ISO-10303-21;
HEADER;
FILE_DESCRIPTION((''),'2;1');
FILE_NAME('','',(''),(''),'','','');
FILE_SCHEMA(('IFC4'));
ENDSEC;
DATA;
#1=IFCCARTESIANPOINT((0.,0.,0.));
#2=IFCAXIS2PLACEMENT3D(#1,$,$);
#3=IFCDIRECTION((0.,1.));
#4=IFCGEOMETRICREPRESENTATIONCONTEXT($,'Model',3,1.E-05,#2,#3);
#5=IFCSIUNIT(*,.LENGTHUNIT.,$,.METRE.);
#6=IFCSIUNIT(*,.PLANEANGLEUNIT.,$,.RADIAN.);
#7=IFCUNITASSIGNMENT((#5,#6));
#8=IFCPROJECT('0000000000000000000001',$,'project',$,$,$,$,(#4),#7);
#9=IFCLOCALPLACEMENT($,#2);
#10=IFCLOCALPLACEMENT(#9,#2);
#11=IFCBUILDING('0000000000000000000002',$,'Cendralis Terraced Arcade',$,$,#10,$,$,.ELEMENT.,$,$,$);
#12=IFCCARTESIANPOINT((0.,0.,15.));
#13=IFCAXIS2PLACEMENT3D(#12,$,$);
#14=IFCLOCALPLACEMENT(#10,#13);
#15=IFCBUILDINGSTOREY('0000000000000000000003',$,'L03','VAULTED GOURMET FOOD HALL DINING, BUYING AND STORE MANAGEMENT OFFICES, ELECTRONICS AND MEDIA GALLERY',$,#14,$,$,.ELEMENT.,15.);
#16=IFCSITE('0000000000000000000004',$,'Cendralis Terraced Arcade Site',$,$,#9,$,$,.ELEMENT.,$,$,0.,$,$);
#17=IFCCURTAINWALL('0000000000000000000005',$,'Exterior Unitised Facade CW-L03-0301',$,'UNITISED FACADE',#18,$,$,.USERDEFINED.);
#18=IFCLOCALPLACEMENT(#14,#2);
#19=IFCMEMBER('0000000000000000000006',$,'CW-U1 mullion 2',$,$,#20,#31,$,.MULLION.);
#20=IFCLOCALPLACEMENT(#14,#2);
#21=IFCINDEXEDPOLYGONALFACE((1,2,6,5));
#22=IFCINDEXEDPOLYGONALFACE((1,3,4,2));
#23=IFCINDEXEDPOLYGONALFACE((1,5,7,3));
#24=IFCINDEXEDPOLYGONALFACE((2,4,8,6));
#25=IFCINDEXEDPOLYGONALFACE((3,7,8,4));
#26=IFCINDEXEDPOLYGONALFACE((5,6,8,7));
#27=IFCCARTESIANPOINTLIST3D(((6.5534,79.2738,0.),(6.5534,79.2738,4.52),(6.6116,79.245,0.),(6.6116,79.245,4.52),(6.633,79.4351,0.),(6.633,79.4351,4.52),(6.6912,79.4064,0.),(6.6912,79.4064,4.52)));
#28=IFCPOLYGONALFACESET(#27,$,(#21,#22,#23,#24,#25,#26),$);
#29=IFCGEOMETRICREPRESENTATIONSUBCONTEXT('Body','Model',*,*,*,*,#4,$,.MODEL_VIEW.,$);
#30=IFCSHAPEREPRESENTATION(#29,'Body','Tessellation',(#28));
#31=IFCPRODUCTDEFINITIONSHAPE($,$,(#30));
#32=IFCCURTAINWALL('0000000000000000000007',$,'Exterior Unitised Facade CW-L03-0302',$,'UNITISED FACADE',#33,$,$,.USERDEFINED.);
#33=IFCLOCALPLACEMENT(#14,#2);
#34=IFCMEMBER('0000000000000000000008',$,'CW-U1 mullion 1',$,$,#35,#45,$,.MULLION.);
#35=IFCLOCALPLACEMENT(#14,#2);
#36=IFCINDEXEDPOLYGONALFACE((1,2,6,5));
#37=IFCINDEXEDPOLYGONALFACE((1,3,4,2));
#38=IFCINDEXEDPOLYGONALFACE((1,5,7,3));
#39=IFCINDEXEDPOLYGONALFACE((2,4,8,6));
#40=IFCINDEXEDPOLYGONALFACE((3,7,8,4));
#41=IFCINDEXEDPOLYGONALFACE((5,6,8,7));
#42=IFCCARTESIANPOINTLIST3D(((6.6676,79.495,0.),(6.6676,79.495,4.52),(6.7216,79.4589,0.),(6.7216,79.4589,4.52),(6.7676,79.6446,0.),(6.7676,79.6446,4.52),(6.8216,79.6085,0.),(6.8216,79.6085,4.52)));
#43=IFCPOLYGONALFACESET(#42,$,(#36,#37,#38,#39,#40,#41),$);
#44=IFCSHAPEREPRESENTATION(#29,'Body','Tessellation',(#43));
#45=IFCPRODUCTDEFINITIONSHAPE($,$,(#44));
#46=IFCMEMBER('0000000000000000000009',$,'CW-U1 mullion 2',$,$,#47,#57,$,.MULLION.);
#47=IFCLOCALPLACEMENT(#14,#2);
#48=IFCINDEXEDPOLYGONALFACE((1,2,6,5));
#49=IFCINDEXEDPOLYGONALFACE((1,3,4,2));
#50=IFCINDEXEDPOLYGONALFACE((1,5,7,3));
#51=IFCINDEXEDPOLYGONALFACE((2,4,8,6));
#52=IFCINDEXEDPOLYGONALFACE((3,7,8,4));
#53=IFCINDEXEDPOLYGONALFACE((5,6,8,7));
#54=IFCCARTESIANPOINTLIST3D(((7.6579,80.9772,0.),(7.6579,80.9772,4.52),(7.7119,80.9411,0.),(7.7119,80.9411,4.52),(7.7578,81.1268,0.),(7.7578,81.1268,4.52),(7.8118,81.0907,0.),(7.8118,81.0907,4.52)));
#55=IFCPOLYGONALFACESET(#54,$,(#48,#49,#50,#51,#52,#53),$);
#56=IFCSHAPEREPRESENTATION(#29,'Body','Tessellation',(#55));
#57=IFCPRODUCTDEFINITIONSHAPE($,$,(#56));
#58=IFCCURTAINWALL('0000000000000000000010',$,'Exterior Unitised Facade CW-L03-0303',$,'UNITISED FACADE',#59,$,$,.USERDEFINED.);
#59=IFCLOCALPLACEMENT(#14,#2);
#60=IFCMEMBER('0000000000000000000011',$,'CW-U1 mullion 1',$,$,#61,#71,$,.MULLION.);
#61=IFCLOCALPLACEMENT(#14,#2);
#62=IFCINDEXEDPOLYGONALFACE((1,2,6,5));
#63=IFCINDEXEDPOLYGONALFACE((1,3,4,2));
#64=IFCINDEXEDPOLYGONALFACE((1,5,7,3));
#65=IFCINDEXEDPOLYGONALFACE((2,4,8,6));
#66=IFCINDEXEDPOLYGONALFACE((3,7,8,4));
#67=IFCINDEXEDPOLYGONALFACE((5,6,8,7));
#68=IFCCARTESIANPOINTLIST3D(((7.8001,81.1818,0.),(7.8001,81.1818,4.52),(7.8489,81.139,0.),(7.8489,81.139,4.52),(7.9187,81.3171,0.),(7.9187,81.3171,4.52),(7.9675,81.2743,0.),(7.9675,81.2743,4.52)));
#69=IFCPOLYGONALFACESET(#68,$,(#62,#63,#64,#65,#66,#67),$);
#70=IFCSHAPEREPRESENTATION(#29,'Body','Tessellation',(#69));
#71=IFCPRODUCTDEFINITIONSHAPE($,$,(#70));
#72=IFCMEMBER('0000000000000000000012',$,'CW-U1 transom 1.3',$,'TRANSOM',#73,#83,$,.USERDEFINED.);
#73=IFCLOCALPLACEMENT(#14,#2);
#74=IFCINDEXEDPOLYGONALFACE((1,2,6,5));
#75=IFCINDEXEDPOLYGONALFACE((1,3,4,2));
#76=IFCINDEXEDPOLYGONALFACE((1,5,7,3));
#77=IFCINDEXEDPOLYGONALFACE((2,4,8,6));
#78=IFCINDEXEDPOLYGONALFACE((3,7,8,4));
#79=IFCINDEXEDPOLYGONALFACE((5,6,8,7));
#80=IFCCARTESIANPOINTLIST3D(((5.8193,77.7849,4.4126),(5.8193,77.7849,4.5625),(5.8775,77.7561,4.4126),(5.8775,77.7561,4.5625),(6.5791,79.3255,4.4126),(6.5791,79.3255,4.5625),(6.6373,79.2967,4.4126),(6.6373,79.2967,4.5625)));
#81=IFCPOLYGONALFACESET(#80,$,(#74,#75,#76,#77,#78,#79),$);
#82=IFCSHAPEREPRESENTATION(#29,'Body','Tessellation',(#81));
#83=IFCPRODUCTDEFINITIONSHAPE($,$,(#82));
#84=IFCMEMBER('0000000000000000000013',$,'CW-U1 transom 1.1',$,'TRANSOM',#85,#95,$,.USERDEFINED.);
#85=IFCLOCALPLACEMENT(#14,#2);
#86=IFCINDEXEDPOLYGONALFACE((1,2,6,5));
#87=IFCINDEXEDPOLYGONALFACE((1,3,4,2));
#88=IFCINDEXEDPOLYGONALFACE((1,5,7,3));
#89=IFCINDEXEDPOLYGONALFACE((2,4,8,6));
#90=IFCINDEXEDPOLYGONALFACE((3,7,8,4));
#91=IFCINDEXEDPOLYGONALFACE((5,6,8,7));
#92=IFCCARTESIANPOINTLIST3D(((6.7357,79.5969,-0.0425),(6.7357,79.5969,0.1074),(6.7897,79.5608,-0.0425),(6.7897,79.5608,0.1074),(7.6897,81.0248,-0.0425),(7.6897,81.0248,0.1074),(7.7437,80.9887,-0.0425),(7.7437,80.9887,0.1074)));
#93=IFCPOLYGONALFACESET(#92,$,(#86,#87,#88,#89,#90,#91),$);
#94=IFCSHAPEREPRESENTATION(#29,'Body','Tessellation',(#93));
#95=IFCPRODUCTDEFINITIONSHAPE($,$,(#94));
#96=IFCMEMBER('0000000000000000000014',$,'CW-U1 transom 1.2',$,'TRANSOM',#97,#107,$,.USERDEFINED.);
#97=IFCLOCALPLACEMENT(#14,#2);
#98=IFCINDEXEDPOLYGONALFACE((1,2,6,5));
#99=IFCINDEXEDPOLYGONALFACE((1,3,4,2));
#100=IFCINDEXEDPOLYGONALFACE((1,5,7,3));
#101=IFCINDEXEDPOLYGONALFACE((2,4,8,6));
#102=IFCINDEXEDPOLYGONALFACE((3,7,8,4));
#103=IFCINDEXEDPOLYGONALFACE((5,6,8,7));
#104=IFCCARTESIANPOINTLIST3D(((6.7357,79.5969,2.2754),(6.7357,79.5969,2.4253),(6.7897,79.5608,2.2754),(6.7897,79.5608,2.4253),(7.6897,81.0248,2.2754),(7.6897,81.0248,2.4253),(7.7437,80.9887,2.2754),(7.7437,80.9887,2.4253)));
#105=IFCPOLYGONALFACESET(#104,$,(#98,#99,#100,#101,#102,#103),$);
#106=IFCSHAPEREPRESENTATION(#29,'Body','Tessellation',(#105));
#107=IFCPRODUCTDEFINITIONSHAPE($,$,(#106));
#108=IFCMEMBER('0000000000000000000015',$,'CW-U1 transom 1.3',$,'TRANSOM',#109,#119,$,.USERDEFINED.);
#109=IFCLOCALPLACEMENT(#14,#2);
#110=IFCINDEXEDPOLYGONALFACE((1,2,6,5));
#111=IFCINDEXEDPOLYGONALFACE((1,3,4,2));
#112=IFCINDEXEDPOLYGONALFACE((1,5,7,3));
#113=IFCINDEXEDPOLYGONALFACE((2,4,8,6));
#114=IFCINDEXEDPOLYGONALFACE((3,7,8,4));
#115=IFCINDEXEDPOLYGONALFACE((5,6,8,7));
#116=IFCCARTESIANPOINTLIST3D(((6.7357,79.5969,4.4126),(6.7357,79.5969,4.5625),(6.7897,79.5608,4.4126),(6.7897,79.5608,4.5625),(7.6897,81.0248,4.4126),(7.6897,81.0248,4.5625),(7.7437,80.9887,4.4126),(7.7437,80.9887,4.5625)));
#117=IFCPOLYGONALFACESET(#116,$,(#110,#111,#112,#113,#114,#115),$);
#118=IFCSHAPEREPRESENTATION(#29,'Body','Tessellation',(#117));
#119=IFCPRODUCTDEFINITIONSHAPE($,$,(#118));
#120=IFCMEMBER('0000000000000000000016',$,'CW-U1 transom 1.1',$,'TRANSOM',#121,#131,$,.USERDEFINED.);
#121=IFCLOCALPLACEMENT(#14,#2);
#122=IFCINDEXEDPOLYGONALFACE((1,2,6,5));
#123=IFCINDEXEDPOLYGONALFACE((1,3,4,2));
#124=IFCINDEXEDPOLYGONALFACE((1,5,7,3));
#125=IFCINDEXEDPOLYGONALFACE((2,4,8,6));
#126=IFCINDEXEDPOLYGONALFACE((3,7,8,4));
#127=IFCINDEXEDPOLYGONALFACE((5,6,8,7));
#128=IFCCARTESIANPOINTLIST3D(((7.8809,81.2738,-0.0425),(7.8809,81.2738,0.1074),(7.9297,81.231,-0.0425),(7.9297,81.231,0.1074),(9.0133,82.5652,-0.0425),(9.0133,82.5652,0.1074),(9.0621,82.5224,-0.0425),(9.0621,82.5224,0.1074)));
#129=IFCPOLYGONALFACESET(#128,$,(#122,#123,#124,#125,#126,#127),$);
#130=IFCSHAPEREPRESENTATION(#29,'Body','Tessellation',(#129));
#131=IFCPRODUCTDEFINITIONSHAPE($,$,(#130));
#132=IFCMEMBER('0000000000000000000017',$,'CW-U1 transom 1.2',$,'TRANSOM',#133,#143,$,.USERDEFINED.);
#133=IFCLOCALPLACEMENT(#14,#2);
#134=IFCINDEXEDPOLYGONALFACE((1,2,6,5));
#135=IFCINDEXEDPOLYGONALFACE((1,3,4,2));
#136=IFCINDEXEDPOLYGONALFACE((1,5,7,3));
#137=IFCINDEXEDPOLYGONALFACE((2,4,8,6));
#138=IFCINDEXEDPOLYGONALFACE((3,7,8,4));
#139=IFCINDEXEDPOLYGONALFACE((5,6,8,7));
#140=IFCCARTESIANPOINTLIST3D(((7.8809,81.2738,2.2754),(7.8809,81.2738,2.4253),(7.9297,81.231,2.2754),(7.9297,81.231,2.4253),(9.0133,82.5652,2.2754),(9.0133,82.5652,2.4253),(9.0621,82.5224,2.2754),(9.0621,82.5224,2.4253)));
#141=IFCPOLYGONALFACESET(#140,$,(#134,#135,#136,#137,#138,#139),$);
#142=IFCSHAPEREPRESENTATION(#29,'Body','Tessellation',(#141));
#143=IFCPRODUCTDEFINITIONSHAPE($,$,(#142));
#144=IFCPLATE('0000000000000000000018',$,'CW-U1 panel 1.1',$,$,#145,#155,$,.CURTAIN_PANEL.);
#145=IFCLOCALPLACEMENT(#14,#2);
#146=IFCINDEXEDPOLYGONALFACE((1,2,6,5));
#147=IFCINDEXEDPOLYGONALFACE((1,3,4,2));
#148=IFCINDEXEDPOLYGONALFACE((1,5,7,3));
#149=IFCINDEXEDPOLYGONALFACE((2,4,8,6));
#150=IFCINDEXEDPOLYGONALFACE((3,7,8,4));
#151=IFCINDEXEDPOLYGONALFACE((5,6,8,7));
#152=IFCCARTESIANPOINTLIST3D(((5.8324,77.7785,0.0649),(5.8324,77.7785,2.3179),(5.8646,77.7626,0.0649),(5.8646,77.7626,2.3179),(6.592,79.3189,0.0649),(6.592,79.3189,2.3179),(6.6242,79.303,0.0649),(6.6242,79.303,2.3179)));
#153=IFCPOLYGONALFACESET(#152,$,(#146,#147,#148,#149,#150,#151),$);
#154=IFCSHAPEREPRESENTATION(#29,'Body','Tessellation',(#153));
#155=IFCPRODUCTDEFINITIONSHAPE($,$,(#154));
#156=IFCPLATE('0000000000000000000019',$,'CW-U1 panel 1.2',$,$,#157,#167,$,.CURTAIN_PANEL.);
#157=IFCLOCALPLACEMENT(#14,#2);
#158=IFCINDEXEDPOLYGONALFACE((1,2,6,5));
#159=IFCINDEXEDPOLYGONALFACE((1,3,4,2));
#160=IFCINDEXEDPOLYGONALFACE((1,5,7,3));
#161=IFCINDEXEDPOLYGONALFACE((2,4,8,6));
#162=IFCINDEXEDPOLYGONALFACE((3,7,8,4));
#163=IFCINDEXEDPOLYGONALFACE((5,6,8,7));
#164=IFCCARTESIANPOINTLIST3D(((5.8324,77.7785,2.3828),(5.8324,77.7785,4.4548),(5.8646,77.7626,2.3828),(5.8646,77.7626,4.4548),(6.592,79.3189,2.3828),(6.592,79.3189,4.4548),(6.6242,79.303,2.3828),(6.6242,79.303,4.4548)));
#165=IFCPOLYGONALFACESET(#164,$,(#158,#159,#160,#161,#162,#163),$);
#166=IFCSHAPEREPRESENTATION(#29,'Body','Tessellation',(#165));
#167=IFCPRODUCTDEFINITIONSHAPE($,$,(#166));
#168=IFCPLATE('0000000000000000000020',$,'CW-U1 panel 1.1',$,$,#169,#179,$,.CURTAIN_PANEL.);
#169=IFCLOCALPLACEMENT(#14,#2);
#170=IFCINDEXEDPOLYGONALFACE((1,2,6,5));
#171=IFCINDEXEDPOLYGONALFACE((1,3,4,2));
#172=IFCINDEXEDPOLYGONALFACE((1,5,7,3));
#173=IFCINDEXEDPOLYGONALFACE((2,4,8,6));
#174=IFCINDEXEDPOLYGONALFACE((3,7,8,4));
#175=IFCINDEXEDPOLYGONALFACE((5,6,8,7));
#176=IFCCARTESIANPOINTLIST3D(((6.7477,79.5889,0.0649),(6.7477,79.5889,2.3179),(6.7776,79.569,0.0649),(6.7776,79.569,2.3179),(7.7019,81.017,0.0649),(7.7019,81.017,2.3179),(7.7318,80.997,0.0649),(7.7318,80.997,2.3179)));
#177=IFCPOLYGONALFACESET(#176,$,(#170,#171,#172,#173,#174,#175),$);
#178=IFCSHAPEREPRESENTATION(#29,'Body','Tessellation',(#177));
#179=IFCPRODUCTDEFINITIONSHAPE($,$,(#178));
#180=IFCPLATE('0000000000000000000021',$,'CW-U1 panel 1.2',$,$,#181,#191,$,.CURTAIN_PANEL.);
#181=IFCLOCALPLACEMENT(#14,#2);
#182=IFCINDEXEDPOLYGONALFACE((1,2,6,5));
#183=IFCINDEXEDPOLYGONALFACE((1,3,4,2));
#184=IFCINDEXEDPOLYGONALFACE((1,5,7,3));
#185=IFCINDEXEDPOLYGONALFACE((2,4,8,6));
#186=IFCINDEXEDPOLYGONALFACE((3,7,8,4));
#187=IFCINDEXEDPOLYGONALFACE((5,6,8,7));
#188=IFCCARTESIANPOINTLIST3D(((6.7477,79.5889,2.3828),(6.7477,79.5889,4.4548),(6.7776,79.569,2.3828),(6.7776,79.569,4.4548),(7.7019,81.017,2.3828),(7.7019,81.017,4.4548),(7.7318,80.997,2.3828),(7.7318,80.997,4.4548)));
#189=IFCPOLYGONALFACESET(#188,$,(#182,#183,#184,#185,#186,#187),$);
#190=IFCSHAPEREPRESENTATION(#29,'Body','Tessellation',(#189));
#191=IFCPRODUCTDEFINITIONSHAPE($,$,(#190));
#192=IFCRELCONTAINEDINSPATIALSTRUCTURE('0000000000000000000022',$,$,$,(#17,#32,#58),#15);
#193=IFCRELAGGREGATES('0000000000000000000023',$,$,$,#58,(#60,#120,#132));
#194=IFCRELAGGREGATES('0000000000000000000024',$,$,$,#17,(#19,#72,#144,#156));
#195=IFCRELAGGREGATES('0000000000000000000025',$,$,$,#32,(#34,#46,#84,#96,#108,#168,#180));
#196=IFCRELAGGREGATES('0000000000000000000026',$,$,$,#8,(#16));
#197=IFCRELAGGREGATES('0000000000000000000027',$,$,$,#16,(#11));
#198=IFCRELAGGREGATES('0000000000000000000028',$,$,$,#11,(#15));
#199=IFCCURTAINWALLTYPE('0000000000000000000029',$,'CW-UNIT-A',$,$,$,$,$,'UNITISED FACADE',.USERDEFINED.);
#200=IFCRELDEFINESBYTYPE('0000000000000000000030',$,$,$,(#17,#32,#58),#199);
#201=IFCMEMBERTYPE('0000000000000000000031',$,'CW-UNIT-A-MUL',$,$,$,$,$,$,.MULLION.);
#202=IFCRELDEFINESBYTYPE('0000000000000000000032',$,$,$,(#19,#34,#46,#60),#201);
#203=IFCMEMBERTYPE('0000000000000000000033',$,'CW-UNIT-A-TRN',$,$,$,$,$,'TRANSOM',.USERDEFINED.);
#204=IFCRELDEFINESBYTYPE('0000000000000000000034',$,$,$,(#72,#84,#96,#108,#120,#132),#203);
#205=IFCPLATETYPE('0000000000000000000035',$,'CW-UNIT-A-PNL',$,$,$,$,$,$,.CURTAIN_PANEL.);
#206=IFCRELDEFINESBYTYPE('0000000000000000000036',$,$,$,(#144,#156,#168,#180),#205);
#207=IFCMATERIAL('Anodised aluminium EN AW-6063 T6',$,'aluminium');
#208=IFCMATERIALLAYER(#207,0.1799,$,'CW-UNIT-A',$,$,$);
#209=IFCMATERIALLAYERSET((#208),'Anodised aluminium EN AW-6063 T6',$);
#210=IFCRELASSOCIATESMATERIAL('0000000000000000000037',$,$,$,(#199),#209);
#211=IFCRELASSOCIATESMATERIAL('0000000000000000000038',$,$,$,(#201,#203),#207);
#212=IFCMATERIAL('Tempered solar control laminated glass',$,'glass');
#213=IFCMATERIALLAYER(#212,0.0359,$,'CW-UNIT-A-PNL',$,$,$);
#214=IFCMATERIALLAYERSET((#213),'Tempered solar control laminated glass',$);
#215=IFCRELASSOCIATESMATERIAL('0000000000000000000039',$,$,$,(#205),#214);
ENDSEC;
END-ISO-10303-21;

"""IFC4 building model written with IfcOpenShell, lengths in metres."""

from ifc_helpers import new_model, si_unit, direction, frame, origin, origin_2d, place, context, subcontext, project, spatial, rectangle, extrude, material, layer, layer_set, material_profile, profile_set, type_object, element, aggregate, save


model = new_model("IFC4")

# Units and contexts
model_context = context("Model", 3, precision=1e-05, world=origin(), true_north=direction((0.0, 1.0)))
body_context = subcontext(model_context, "Body", "Model", "MODEL_VIEW")
ifc_project = project(units=[si_unit("LENGTHUNIT", "METRE"), si_unit("PLANEANGLEUNIT", "RADIAN")], contexts=[model_context])

# Site, building, storey
site_placement = place(None, origin())
site = spatial("IfcSite", under=ifc_project, at=site_placement, Name="Cendralis Terraced Arcade Site", CompositionType="ELEMENT", RefElevation=0.0)
building_placement = place(site_placement, origin())
building = spatial("IfcBuilding", under=site, at=building_placement, Name="Cendralis Terraced Arcade", CompositionType="ELEMENT")
storey_placement = place(building_placement, frame((0.0, 0.0, 15.0)))
storey = spatial("IfcBuildingStorey", under=building, at=storey_placement, Name="L03", Description="VAULTED GOURMET FOOD HALL DINING, BUYING AND STORE MANAGEMENT OFFICES, ELECTRONICS AND MEDIA GALLERY", CompositionType="ELEMENT", Elevation=15.0)

# Curtain wall, member
ifc_material_1 = material(Name="Anodised aluminium EN AW-6063 T6", Category="aluminium")
ifc_layer_1 = layer(ifc_material_1, 0.1799, Name="CW-UNIT-A")
ifc_layer_set_1 = layer_set([ifc_layer_1], Name="Anodised aluminium EN AW-6063 T6")
curtain_wall_type = type_object("IfcCurtainWallType", Name="CW-UNIT-A", ElementType="UNITISED FACADE", PredefinedType="USERDEFINED", material=ifc_layer_set_1)
curtain_wall_1_placement = place(storey_placement, origin())
curtain_wall_1 = element("IfcCurtainWall", 1, at=curtain_wall_1_placement, inside=storey, type_object=curtain_wall_type, Name="Exterior Unitised Facade CW-L03-0301", ObjectType="UNITISED FACADE", PredefinedType="USERDEFINED")
ifc_material_profile_1 = material_profile(ifc_material_1, rectangle(XDim=0.0649, YDim=0.1799, at=origin_2d()), Name="ALU-MUL-65x180")
ifc_profile_set_1 = profile_set([ifc_material_profile_1], Name="Anodised aluminium EN AW-6063 T6")
member_type_1 = type_object("IfcMemberType", Name="CW-UNIT-A-MUL", PredefinedType="MULLION", material=ifc_profile_set_1)
member_1_placement = place(storey_placement, frame((6.6223, 79.3401, 0.0), z_axis=(0.0, 0.0, 1.0), x_axis=(-0.896882, 0.44227, 0.0)))
member_1 = element("IfcMember", 2, at=member_1_placement, type_object=member_type_1, Name="CW-U1 mullion 2", PredefinedType="MULLION", context=body_context, shape_type="SweptSolid", body=[
    extrude(rectangle(XDim=0.0649, YDim=0.1799, at=origin_2d()), origin(), (0.0, 0.0, 1.0), 4.52),
])

# Curtain wall, members
curtain_wall_2_placement = place(storey_placement, origin())
curtain_wall_2 = element("IfcCurtainWall", 3, at=curtain_wall_2_placement, inside=storey, type_object=curtain_wall_type, Name="Exterior Unitised Facade CW-L03-0302", ObjectType="UNITISED FACADE", PredefinedType="USERDEFINED")
member_2_placement = place(storey_placement, frame((6.7446, 79.5518, 0.0), z_axis=(0.0, 0.0, 1.0), x_axis=(-0.831484, 0.555549, 0.0)))
member_2 = element("IfcMember", 4, at=member_2_placement, type_object=member_type_1, Name="CW-U1 mullion 1", PredefinedType="MULLION", context=body_context, shape_type="SweptSolid", body=[
    extrude(rectangle(XDim=0.0649, YDim=0.1799, at=origin_2d()), origin(), (0.0, 0.0, 1.0), 4.52),
])
member_3_placement = place(storey_placement, frame((7.7349, 81.0339, 0.0), z_axis=(0.0, 0.0, 1.0), x_axis=(-0.831484, 0.555549, 0.0)))
member_3 = element("IfcMember", 5, at=member_3_placement, type_object=member_type_1, Name="CW-U1 mullion 2", PredefinedType="MULLION", context=body_context, shape_type="SweptSolid", body=[
    extrude(rectangle(XDim=0.0649, YDim=0.1799, at=origin_2d()), origin(), (0.0, 0.0, 1.0), 4.52),
])

# Curtain wall, member
curtain_wall_3_placement = place(storey_placement, origin())
curtain_wall_3 = element("IfcCurtainWall", 6, at=curtain_wall_3_placement, inside=storey, type_object=curtain_wall_type, Name="Exterior Unitised Facade CW-L03-0303", ObjectType="UNITISED FACADE", PredefinedType="USERDEFINED")
member_4_placement = place(storey_placement, frame((7.8838, 81.228, 0.0), z_axis=(0.0, 0.0, 1.0), x_axis=(-0.751818, 0.65937, 0.0)))
member_4 = element("IfcMember", 7, at=member_4_placement, type_object=member_type_1, Name="CW-U1 mullion 1", PredefinedType="MULLION", context=body_context, shape_type="SweptSolid", body=[
    extrude(rectangle(XDim=0.0649, YDim=0.1799, at=origin_2d()), origin(), (0.0, 0.0, 1.0), 4.52),
])

# Members
ifc_material_profile_2 = material_profile(ifc_material_1, rectangle(XDim=0.0649, YDim=0.1499, at=origin_2d()), Name="ALU-TRN-65x150")
ifc_profile_set_2 = profile_set([ifc_material_profile_2], Name="Anodised aluminium EN AW-6063 T6")
member_type_2 = type_object("IfcMemberType", Name="CW-UNIT-A-TRN", ElementType="TRANSOM", PredefinedType="USERDEFINED", material=ifc_profile_set_2)
member_5_placement = place(storey_placement, frame((5.8484, 77.7705, 4.4875), z_axis=(0.442318, 0.896859, 0.0), x_axis=(-0.896859, 0.442318, 0.0)))
member_5 = element("IfcMember", 8, at=member_5_placement, type_object=member_type_2, Name="CW-U1 transom 1.3", ObjectType="TRANSOM", PredefinedType="USERDEFINED", context=body_context, shape_type="SweptSolid", body=[
    extrude(rectangle(XDim=0.0649, YDim=0.1499, at=origin_2d()), origin(), (0.0, 0.0, 1.0), 1.7178),
])
member_6_placement = place(storey_placement, frame((6.7627, 79.5789, 0.0325), z_axis=(0.555553, 0.831481, 0.0), x_axis=(-0.831481, 0.555553, 0.0)))
member_6 = element("IfcMember", 9, at=member_6_placement, type_object=member_type_2, Name="CW-U1 transom 1.1", ObjectType="TRANSOM", PredefinedType="USERDEFINED", context=body_context, shape_type="SweptSolid", body=[
    extrude(rectangle(XDim=0.0649, YDim=0.1499, at=origin_2d()), origin(), (0.0, 0.0, 1.0), 1.7173),
])
member_7_placement = place(storey_placement, frame((6.7627, 79.5789, 2.3503), z_axis=(0.555553, 0.831481, 0.0), x_axis=(-0.831481, 0.555553, 0.0)))
member_7 = element("IfcMember", 10, at=member_7_placement, type_object=member_type_2, Name="CW-U1 transom 1.2", ObjectType="TRANSOM", PredefinedType="USERDEFINED", context=body_context, shape_type="SweptSolid", body=[
    extrude(rectangle(XDim=0.0649, YDim=0.1499, at=origin_2d()), origin(), (0.0, 0.0, 1.0), 1.7173),
])
member_8_placement = place(storey_placement, frame((6.7627, 79.5789, 4.4875), z_axis=(0.555553, 0.831481, 0.0), x_axis=(-0.831481, 0.555553, 0.0)))
member_8 = element("IfcMember", 11, at=member_8_placement, type_object=member_type_2, Name="CW-U1 transom 1.3", ObjectType="TRANSOM", PredefinedType="USERDEFINED", context=body_context, shape_type="SweptSolid", body=[
    extrude(rectangle(XDim=0.0649, YDim=0.1499, at=origin_2d()), origin(), (0.0, 0.0, 1.0), 1.7173),
])
member_9_placement = place(storey_placement, frame((7.9053, 81.2524, 0.0325), z_axis=(0.659319, 0.751863, 0.0), x_axis=(-0.751863, 0.659319, 0.0)))
member_9 = element("IfcMember", 12, at=member_9_placement, type_object=member_type_2, Name="CW-U1 transom 1.1", ObjectType="TRANSOM", PredefinedType="USERDEFINED", context=body_context, shape_type="SweptSolid", body=[
    extrude(rectangle(XDim=0.0649, YDim=0.1499, at=origin_2d()), origin(), (0.0, 0.0, 1.0), 1.7175),
])
member_10_placement = place(storey_placement, frame((7.9053, 81.2524, 2.3503), z_axis=(0.659319, 0.751863, 0.0), x_axis=(-0.751863, 0.659319, 0.0)))
member_10 = element("IfcMember", 13, at=member_10_placement, type_object=member_type_2, Name="CW-U1 transom 1.2", ObjectType="TRANSOM", PredefinedType="USERDEFINED", context=body_context, shape_type="SweptSolid", body=[
    extrude(rectangle(XDim=0.0649, YDim=0.1499, at=origin_2d()), origin(), (0.0, 0.0, 1.0), 1.7175),
])
aggregate(curtain_wall_3, [member_4, member_9, member_10])

# Plates
ifc_material_2 = material(Name="Tempered solar control laminated glass", Category="glass")
ifc_layer_2 = layer(ifc_material_2, 0.0359, Name="CW-UNIT-A-PNL")
ifc_layer_set_2 = layer_set([ifc_layer_2], Name="Tempered solar control laminated glass")
plate_type = type_object("IfcPlateType", Name="CW-UNIT-A-PNL", PredefinedType="CURTAIN_PANEL", material=ifc_layer_set_2)
plate_1_placement = place(storey_placement, frame((6.2283, 78.5408, 0.0649), z_axis=(0.0, 0.0, 1.0), x_axis=(0.44227, 0.896882, 0.0)))
plate_1 = element("IfcPlate", 14, at=plate_1_placement, type_object=plate_type, Name="CW-U1 panel 1.1", PredefinedType="CURTAIN_PANEL", context=body_context, shape_type="SweptSolid", body=[
    extrude(rectangle(XDim=1.7175, YDim=0.0359, at=origin_2d()), origin(), (0.0, 0.0, 1.0), 2.2529),
])
plate_2_placement = place(storey_placement, frame((6.2283, 78.5408, 2.3828), z_axis=(0.0, 0.0, 1.0), x_axis=(0.44227, 0.896882, 0.0)))
plate_2 = element("IfcPlate", 15, at=plate_2_placement, type_object=plate_type, Name="CW-U1 panel 1.2", PredefinedType="CURTAIN_PANEL", context=body_context, shape_type="SweptSolid", body=[
    extrude(rectangle(XDim=1.7175, YDim=0.0359, at=origin_2d()), origin(), (0.0, 0.0, 1.0), 2.072),
])
aggregate(curtain_wall_1, [member_1, member_5, plate_1, plate_2])
plate_3_placement = place(storey_placement, frame((7.2397, 80.293, 0.0649), z_axis=(0.0, 0.0, 1.0), x_axis=(0.555549, 0.831484, 0.0)))
plate_3 = element("IfcPlate", 16, at=plate_3_placement, type_object=plate_type, Name="CW-U1 panel 1.1", PredefinedType="CURTAIN_PANEL", context=body_context, shape_type="SweptSolid", body=[
    extrude(rectangle(XDim=1.7175, YDim=0.0359, at=origin_2d()), origin(), (0.0, 0.0, 1.0), 2.2529),
])
plate_4_placement = place(storey_placement, frame((7.2397, 80.293, 2.3828), z_axis=(0.0, 0.0, 1.0), x_axis=(0.555549, 0.831484, 0.0)))
plate_4 = element("IfcPlate", 17, at=plate_4_placement, type_object=plate_type, Name="CW-U1 panel 1.2", PredefinedType="CURTAIN_PANEL", context=body_context, shape_type="SweptSolid", body=[
    extrude(rectangle(XDim=1.7175, YDim=0.0359, at=origin_2d()), origin(), (0.0, 0.0, 1.0), 2.072),
])
aggregate(curtain_wall_2, [member_2, member_3, member_6, member_7, member_8, plate_3, plate_4])

save(model, "model.ifc")
